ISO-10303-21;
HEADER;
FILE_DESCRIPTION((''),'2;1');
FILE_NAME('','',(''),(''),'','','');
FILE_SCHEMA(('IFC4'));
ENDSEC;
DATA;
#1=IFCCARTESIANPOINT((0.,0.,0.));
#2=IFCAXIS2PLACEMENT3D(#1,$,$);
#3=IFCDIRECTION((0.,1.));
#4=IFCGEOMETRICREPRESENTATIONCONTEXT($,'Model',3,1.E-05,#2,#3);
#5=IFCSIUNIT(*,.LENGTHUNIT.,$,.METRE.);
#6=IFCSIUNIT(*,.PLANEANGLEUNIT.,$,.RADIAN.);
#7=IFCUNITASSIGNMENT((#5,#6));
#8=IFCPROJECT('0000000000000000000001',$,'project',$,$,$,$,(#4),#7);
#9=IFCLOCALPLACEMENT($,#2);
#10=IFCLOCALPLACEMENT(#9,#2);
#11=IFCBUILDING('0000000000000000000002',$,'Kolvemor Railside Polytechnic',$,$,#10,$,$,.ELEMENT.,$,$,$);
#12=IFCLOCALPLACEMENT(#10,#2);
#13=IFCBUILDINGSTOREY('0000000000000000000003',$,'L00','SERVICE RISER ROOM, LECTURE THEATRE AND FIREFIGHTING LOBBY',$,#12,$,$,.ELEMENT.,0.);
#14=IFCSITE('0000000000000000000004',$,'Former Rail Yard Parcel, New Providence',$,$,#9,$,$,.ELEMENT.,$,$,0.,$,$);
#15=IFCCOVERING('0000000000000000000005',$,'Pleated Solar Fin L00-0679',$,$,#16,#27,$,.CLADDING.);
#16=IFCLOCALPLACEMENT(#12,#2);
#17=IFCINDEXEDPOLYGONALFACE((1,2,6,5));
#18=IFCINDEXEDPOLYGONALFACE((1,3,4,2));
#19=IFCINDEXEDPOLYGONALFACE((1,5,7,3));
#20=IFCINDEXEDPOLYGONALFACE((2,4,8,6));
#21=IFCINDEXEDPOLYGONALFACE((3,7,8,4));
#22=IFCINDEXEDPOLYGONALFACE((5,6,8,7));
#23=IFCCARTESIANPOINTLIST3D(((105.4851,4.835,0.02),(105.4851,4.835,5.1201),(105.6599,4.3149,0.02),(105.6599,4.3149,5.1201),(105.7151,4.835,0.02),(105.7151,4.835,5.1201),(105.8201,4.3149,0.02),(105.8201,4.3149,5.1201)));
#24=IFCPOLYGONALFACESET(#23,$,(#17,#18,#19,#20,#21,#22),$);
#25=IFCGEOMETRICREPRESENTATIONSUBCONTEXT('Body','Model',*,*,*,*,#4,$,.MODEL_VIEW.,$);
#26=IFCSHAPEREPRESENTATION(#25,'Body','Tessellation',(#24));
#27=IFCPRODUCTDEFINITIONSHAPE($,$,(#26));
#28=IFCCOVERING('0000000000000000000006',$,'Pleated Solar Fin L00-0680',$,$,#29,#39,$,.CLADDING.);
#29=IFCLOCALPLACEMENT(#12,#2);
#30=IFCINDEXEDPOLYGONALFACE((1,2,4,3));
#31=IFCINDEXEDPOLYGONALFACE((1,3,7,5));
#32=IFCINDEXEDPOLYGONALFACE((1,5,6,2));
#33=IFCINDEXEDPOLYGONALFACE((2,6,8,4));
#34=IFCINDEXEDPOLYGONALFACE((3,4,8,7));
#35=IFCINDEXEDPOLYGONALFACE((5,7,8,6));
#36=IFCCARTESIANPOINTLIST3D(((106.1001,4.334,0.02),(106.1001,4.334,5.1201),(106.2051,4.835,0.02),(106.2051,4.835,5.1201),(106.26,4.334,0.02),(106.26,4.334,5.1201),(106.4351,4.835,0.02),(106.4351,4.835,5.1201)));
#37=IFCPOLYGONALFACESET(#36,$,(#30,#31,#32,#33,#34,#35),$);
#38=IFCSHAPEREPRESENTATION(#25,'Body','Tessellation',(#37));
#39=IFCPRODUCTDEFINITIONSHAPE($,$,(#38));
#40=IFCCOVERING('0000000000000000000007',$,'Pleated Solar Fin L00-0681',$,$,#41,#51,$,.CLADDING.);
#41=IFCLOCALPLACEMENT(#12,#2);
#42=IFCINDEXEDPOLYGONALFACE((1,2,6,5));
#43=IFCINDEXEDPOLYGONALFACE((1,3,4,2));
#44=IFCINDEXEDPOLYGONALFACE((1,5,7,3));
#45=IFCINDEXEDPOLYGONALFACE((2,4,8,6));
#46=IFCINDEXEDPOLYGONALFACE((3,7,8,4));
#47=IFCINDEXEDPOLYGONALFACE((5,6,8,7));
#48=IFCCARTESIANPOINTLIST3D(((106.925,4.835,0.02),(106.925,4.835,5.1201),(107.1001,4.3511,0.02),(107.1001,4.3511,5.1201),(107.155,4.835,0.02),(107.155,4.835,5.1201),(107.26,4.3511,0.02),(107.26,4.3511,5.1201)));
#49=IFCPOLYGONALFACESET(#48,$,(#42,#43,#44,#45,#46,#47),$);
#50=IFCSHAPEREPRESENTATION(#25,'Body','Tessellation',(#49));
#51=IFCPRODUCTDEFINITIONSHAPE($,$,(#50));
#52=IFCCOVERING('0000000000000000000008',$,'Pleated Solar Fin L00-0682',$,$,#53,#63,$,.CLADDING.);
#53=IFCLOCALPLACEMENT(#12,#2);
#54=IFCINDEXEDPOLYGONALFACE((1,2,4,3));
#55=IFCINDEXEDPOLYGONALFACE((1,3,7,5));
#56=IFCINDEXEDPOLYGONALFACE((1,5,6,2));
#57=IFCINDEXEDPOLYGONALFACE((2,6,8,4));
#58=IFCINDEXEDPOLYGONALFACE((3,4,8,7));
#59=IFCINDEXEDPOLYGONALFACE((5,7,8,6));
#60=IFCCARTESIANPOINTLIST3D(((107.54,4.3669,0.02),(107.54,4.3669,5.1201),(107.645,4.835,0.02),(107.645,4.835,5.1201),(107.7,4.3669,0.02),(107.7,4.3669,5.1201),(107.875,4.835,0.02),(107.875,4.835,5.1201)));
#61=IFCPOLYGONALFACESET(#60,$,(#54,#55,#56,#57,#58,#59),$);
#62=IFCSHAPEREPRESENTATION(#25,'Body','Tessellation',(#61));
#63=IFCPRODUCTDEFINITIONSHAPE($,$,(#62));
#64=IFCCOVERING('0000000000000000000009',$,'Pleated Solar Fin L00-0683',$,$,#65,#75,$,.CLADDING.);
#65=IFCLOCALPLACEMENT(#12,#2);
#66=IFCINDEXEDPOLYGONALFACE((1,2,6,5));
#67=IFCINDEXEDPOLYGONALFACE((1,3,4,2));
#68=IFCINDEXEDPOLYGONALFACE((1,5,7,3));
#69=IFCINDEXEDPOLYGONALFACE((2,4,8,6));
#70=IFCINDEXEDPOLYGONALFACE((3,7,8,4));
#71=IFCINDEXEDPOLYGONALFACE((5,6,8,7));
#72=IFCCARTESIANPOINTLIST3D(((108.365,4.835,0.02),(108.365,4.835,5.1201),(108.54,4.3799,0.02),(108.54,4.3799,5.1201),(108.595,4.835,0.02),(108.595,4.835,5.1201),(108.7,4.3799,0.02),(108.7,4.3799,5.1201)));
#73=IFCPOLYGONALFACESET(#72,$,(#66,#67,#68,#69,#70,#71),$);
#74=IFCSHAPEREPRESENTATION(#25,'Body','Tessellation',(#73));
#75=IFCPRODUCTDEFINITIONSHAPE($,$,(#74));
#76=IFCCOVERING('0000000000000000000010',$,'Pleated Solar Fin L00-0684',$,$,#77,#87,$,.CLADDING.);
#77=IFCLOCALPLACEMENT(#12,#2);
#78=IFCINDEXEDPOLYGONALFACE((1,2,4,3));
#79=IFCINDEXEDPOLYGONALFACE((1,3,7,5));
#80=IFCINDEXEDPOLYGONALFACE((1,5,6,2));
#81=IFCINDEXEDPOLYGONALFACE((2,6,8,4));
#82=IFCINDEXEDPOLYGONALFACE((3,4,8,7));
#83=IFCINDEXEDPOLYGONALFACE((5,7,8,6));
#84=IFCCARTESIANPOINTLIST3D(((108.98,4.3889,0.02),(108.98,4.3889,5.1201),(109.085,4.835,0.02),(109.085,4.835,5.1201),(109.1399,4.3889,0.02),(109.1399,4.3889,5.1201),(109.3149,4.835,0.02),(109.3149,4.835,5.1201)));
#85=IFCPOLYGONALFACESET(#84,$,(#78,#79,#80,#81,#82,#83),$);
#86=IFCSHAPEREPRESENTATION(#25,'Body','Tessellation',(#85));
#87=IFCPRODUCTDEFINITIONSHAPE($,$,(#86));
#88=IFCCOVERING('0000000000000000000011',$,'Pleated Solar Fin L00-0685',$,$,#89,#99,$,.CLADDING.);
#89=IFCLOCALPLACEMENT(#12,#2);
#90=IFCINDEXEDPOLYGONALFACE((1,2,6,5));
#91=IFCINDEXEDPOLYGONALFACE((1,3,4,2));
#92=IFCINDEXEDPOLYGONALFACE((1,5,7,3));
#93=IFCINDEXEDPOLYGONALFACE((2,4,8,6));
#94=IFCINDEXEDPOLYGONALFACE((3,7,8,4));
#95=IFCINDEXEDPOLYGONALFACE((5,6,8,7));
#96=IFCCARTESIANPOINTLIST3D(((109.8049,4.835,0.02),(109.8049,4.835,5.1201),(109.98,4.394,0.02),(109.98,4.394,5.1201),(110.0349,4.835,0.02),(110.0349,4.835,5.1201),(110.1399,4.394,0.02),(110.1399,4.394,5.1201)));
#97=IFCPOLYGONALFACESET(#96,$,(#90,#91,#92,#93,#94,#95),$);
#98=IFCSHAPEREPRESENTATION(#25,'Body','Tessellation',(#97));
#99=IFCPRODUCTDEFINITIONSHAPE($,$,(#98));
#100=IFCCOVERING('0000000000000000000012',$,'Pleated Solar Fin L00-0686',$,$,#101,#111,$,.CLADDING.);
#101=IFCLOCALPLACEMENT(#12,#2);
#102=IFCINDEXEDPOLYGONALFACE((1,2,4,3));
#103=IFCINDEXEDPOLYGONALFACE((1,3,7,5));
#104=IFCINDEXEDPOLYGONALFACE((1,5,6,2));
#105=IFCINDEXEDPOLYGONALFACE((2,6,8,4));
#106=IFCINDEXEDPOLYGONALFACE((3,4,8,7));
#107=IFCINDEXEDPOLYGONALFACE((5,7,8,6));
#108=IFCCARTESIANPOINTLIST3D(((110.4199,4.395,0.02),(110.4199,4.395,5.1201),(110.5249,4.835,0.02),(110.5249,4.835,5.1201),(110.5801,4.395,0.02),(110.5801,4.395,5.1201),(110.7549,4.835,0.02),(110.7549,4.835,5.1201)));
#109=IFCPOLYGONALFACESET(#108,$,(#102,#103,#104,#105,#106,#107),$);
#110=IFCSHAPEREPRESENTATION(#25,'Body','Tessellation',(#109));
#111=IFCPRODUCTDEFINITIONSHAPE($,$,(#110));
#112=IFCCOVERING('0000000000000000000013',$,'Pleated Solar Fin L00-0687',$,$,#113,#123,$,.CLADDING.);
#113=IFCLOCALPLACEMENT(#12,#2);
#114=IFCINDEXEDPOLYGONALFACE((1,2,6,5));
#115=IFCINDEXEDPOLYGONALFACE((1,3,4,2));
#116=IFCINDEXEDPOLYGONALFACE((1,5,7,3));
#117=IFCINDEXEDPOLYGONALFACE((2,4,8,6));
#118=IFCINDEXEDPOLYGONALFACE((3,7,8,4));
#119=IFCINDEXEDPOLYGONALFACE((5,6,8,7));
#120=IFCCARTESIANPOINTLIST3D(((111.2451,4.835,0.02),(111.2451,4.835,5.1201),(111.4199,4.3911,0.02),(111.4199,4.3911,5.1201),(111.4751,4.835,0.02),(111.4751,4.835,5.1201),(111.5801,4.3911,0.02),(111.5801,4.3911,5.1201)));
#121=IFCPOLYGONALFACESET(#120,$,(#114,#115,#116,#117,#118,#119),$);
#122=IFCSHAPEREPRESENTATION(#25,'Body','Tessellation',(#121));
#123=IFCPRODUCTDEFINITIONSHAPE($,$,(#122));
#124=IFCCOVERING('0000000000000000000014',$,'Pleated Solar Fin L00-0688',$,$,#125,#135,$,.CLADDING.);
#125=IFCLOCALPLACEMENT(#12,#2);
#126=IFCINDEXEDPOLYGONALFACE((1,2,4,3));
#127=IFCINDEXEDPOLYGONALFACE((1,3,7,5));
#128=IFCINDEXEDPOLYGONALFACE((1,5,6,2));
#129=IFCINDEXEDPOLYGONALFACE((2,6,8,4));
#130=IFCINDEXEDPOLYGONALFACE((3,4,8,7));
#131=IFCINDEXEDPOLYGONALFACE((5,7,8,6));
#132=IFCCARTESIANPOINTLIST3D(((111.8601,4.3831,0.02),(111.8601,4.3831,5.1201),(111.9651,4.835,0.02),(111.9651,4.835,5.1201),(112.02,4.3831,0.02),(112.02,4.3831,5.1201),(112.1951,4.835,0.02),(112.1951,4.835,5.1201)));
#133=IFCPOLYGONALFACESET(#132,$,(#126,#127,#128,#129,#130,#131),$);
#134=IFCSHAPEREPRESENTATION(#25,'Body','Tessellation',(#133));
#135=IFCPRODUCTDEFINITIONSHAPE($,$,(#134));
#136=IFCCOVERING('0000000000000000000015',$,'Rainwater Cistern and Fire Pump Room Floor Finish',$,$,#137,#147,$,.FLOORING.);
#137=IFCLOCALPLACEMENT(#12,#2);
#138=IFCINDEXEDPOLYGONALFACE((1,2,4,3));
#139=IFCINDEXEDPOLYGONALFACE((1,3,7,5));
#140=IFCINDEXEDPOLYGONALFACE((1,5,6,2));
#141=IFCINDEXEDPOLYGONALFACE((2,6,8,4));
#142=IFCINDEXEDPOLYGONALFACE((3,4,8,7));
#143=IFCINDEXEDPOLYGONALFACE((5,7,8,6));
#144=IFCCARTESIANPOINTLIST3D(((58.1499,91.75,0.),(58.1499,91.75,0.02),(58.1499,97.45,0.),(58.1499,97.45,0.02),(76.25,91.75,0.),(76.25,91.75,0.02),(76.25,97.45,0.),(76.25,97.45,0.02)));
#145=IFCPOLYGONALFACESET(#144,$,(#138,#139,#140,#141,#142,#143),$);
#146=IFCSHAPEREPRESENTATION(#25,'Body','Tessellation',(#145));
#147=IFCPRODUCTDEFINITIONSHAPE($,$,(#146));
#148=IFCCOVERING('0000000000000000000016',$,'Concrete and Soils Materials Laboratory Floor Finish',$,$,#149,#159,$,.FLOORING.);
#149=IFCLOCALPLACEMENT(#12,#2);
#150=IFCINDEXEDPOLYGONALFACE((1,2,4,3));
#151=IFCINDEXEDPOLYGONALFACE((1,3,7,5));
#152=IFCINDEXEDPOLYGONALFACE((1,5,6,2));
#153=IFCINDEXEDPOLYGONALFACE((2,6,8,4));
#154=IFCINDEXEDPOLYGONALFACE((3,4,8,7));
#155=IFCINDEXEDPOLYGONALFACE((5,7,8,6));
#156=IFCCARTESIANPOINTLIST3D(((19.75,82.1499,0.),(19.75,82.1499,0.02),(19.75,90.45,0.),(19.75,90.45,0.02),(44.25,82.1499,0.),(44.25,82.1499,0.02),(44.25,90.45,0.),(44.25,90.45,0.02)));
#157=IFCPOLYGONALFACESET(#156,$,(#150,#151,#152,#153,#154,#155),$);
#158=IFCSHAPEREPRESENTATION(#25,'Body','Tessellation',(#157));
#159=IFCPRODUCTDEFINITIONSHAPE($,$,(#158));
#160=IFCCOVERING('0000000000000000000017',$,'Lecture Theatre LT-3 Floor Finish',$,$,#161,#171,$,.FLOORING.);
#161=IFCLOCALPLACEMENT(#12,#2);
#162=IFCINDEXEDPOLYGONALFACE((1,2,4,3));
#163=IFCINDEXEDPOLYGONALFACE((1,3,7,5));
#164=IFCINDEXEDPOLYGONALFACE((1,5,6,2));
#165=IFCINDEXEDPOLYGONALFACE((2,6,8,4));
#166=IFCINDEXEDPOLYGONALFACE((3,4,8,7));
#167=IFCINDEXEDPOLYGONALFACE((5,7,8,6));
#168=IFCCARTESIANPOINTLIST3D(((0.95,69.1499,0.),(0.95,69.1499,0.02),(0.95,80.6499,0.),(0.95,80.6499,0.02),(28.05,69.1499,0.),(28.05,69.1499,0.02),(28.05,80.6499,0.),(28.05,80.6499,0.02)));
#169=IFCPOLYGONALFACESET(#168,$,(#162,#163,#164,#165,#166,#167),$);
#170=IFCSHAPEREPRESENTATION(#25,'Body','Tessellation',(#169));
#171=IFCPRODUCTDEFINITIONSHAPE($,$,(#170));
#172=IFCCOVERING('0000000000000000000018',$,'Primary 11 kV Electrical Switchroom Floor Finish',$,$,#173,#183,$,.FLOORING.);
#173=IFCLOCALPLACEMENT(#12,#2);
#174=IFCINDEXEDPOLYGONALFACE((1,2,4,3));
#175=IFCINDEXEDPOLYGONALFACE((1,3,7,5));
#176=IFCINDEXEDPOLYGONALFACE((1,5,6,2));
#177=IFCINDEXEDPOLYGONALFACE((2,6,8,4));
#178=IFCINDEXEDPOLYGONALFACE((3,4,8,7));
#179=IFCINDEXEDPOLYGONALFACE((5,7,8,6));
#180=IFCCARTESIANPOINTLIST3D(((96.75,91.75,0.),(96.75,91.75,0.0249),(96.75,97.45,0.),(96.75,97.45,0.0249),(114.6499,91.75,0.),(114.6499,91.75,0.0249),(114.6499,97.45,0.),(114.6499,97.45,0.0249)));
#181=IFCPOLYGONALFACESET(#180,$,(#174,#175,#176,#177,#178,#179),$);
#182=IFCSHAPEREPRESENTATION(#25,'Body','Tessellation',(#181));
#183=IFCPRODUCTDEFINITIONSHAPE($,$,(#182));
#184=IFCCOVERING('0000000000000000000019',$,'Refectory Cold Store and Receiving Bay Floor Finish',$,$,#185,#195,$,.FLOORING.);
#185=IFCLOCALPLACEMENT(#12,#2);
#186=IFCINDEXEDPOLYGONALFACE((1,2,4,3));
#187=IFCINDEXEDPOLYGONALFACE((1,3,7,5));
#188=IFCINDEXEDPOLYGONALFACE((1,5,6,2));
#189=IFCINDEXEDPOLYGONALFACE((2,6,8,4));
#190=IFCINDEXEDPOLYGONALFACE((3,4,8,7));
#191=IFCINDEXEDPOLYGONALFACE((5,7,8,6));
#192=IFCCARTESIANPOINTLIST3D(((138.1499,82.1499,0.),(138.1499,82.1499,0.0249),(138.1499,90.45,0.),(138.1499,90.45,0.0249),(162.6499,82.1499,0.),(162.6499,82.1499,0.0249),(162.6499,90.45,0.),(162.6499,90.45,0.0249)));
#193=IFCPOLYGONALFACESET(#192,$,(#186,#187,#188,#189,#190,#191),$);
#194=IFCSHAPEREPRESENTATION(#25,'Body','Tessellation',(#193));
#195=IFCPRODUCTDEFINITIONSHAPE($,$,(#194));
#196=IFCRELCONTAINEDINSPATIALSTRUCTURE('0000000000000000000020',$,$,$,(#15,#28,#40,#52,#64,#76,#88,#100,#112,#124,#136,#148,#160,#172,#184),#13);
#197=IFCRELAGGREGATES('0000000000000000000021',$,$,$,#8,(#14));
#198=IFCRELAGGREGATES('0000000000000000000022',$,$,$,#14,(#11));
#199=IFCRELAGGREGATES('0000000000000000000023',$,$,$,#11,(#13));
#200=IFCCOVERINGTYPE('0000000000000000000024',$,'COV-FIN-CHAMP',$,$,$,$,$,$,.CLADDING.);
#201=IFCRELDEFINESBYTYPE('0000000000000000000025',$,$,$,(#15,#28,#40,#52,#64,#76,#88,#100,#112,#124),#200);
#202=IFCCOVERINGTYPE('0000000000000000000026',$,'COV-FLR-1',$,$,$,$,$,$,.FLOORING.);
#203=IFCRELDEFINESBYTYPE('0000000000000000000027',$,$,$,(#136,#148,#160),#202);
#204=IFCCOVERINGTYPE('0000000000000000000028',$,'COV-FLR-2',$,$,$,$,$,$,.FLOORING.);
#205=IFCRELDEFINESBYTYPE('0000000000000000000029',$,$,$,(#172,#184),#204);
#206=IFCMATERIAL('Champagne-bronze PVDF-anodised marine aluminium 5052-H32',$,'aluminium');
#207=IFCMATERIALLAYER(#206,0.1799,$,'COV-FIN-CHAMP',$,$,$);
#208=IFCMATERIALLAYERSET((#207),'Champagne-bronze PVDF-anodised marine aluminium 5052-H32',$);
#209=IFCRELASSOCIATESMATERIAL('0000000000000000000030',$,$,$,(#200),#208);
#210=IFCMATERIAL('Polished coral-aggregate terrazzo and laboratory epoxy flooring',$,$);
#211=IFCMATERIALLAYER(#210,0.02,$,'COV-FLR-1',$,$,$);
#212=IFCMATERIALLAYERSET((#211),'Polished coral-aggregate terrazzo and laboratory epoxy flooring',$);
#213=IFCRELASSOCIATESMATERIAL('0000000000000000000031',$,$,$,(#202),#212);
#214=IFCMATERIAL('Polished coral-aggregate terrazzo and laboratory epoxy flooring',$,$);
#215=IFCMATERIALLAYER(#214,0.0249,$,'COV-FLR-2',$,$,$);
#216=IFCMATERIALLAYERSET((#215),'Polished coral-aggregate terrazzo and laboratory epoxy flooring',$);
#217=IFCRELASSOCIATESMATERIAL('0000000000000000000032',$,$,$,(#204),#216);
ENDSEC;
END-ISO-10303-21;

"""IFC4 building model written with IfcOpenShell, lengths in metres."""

from ifc_helpers import new_model, si_unit, direction, frame, origin, place, context, subcontext, project, spatial, polyline, outline, extrude, material, layer, layer_set, type_object, element, save


model = new_model("IFC4")

# Units and contexts
model_context = context("Model", 3, precision=1e-05, world=origin(), true_north=direction((0.0, 1.0)))
body_context = subcontext(model_context, "Body", "Model", "MODEL_VIEW")
ifc_project = project(units=[si_unit("LENGTHUNIT", "METRE"), si_unit("PLANEANGLEUNIT", "RADIAN")], contexts=[model_context])

# Site, building, storey
site_placement = place(None, origin())
site = spatial("IfcSite", under=ifc_project, at=site_placement, Name="Former Rail Yard Parcel, New Providence", CompositionType="ELEMENT", RefElevation=0.0)
building_placement = place(site_placement, origin())
building = spatial("IfcBuilding", under=site, at=building_placement, Name="Kolvemor Railside Polytechnic", CompositionType="ELEMENT")
storey_placement = place(building_placement, origin())
storey = spatial("IfcBuildingStorey", under=building, at=storey_placement, Name="L00", Description="SERVICE RISER ROOM, LECTURE THEATRE AND FIREFIGHTING LOBBY", CompositionType="ELEMENT", Elevation=0.0)

# Coverings
ifc_material_1 = material(Name="Champagne-bronze PVDF-anodised marine aluminium 5052-H32", Category="aluminium")
ifc_layer_1 = layer(ifc_material_1, 0.1799, Name="COV-FIN-CHAMP")
ifc_layer_set_1 = layer_set([ifc_layer_1], Name="Champagne-bronze PVDF-anodised marine aluminium 5052-H32")
covering_type_1 = type_object("IfcCoveringType", Name="COV-FIN-CHAMP", PredefinedType="CLADDING", material=ifc_layer_set_1)
covering_1_placement = place(storey_placement, frame((0.0, 0.0, 0.02)))
element("IfcCovering", 1, at=covering_1_placement, inside=storey, type_object=covering_type_1, Name="Pleated Solar Fin L00-0679", PredefinedType="CLADDING", context=body_context, shape_type="SweptSolid", body=[
    extrude(outline(polyline([(105.4851, 4.835), (105.7151, 4.835), (105.8201, 4.3149), (105.6599, 4.3149), (105.4851, 4.835)])), origin(), (0.0, 0.0, 1.0), 5.1001),
])
covering_2_placement = place(storey_placement, frame((0.0, 0.0, 0.02)))
element("IfcCovering", 2, at=covering_2_placement, inside=storey, type_object=covering_type_1, Name="Pleated Solar Fin L00-0680", PredefinedType="CLADDING", context=body_context, shape_type="SweptSolid", body=[
    extrude(outline(polyline([(106.2051, 4.835), (106.4351, 4.835), (106.26, 4.334), (106.1001, 4.334), (106.2051, 4.835)])), origin(), (0.0, 0.0, 1.0), 5.1001),
])
covering_3_placement = place(storey_placement, frame((0.0, 0.0, 0.02)))
element("IfcCovering", 3, at=covering_3_placement, inside=storey, type_object=covering_type_1, Name="Pleated Solar Fin L00-0681", PredefinedType="CLADDING", context=body_context, shape_type="SweptSolid", body=[
    extrude(outline(polyline([(106.925, 4.835), (107.155, 4.835), (107.26, 4.3511), (107.1001, 4.3511), (106.925, 4.835)])), origin(), (0.0, 0.0, 1.0), 5.1001),
])
covering_4_placement = place(storey_placement, frame((0.0, 0.0, 0.02)))
element("IfcCovering", 4, at=covering_4_placement, inside=storey, type_object=covering_type_1, Name="Pleated Solar Fin L00-0682", PredefinedType="CLADDING", context=body_context, shape_type="SweptSolid", body=[
    extrude(outline(polyline([(107.645, 4.835), (107.875, 4.835), (107.7, 4.3669), (107.54, 4.3669), (107.645, 4.835)])), origin(), (0.0, 0.0, 1.0), 5.1001),
])
covering_5_placement = place(storey_placement, frame((0.0, 0.0, 0.02)))
element("IfcCovering", 5, at=covering_5_placement, inside=storey, type_object=covering_type_1, Name="Pleated Solar Fin L00-0683", PredefinedType="CLADDING", context=body_context, shape_type="SweptSolid", body=[
    extrude(outline(polyline([(108.365, 4.835), (108.595, 4.835), (108.7, 4.3799), (108.54, 4.3799), (108.365, 4.835)])), origin(), (0.0, 0.0, 1.0), 5.1001),
])
covering_6_placement = place(storey_placement, frame((0.0, 0.0, 0.02)))
element("IfcCovering", 6, at=covering_6_placement, inside=storey, type_object=covering_type_1, Name="Pleated Solar Fin L00-0684", PredefinedType="CLADDING", context=body_context, shape_type="SweptSolid", body=[
    extrude(outline(polyline([(109.085, 4.835), (109.3149, 4.835), (109.1399, 4.3889), (108.98, 4.3889), (109.085, 4.835)])), origin(), (0.0, 0.0, 1.0), 5.1001),
])
covering_7_placement = place(storey_placement, frame((0.0, 0.0, 0.02)))
element("IfcCovering", 7, at=covering_7_placement, inside=storey, type_object=covering_type_1, Name="Pleated Solar Fin L00-0685", PredefinedType="CLADDING", context=body_context, shape_type="SweptSolid", body=[
    extrude(outline(polyline([(109.8049, 4.835), (110.0349, 4.835), (110.1399, 4.394), (109.98, 4.394), (109.8049, 4.835)])), origin(), (0.0, 0.0, 1.0), 5.1001),
])
covering_8_placement = place(storey_placement, frame((0.0, 0.0, 0.02)))
element("IfcCovering", 8, at=covering_8_placement, inside=storey, type_object=covering_type_1, Name="Pleated Solar Fin L00-0686", PredefinedType="CLADDING", context=body_context, shape_type="SweptSolid", body=[
    extrude(outline(polyline([(110.5249, 4.835), (110.7549, 4.835), (110.5801, 4.395), (110.4199, 4.395), (110.5249, 4.835)])), origin(), (0.0, 0.0, 1.0), 5.1001),
])
covering_9_placement = place(storey_placement, frame((0.0, 0.0, 0.02)))
element("IfcCovering", 9, at=covering_9_placement, inside=storey, type_object=covering_type_1, Name="Pleated Solar Fin L00-0687", PredefinedType="CLADDING", context=body_context, shape_type="SweptSolid", body=[
    extrude(outline(polyline([(111.2451, 4.835), (111.4751, 4.835), (111.5801, 4.3911), (111.4199, 4.3911), (111.2451, 4.835)])), origin(), (0.0, 0.0, 1.0), 5.1001),
])
covering_10_placement = place(storey_placement, frame((0.0, 0.0, 0.02)))
element("IfcCovering", 10, at=covering_10_placement, inside=storey, type_object=covering_type_1, Name="Pleated Solar Fin L00-0688", PredefinedType="CLADDING", context=body_context, shape_type="SweptSolid", body=[
    extrude(outline(polyline([(111.9651, 4.835), (112.1951, 4.835), (112.02, 4.3831), (111.8601, 4.3831), (111.9651, 4.835)])), origin(), (0.0, 0.0, 1.0), 5.1001),
])
ifc_material_2 = material(Name="Polished coral-aggregate terrazzo and laboratory epoxy flooring")
ifc_layer_2 = layer(ifc_material_2, 0.02, Name="COV-FLR-1")
ifc_layer_set_2 = layer_set([ifc_layer_2], Name="Polished coral-aggregate terrazzo and laboratory epoxy flooring")
covering_type_2 = type_object("IfcCoveringType", Name="COV-FLR-1", PredefinedType="FLOORING", material=ifc_layer_set_2)
covering_11_placement = place(storey_placement, origin())
element("IfcCovering", 11, at=covering_11_placement, inside=storey, type_object=covering_type_2, Name="Rainwater Cistern and Fire Pump Room Floor Finish", PredefinedType="FLOORING", context=body_context, shape_type="SweptSolid", body=[
    extrude(outline(polyline([(58.1499, 91.75), (76.25, 91.75), (76.25, 97.45), (58.1499, 97.45), (58.1499, 91.75)])), origin(), (0.0, 0.0, 1.0), 0.02),
])
covering_12_placement = place(storey_placement, origin())
element("IfcCovering", 12, at=covering_12_placement, inside=storey, type_object=covering_type_2, Name="Concrete and Soils Materials Laboratory Floor Finish", PredefinedType="FLOORING", context=body_context, shape_type="SweptSolid", body=[
    extrude(outline(polyline([(19.75, 82.1499), (44.25, 82.1499), (44.25, 90.45), (19.75, 90.45), (19.75, 82.1499)])), origin(), (0.0, 0.0, 1.0), 0.02),
])
covering_13_placement = place(storey_placement, origin())
element("IfcCovering", 13, at=covering_13_placement, inside=storey, type_object=covering_type_2, Name="Lecture Theatre LT-3 Floor Finish", PredefinedType="FLOORING", context=body_context, shape_type="SweptSolid", body=[
    extrude(outline(polyline([(0.95, 69.1499), (28.05, 69.1499), (28.05, 80.6499), (0.95, 80.6499), (0.95, 69.1499)])), origin(), (0.0, 0.0, 1.0), 0.02),
])
ifc_material_3 = material(Name="Polished coral-aggregate terrazzo and laboratory epoxy flooring")
ifc_layer_3 = layer(ifc_material_3, 0.0249, Name="COV-FLR-2")
ifc_layer_set_3 = layer_set([ifc_layer_3], Name="Polished coral-aggregate terrazzo and laboratory epoxy flooring")
covering_type_3 = type_object("IfcCoveringType", Name="COV-FLR-2", PredefinedType="FLOORING", material=ifc_layer_set_3)
covering_14_placement = place(storey_placement, origin())
element("IfcCovering", 14, at=covering_14_placement, inside=storey, type_object=covering_type_3, Name="Primary 11 kV Electrical Switchroom Floor Finish", PredefinedType="FLOORING", context=body_context, shape_type="SweptSolid", body=[
    extrude(outline(polyline([(96.75, 91.75), (114.6499, 91.75), (114.6499, 97.45), (96.75, 97.45), (96.75, 91.75)])), origin(), (0.0, 0.0, 1.0), 0.0249),
])
covering_15_placement = place(storey_placement, origin())
element("IfcCovering", 15, at=covering_15_placement, inside=storey, type_object=covering_type_3, Name="Refectory Cold Store and Receiving Bay Floor Finish", PredefinedType="FLOORING", context=body_context, shape_type="SweptSolid", body=[
    extrude(outline(polyline([(138.1499, 82.1499), (162.6499, 82.1499), (162.6499, 90.45), (138.1499, 90.45), (138.1499, 82.1499)])), origin(), (0.0, 0.0, 1.0), 0.0249),
])

save(model, "model.ifc")
